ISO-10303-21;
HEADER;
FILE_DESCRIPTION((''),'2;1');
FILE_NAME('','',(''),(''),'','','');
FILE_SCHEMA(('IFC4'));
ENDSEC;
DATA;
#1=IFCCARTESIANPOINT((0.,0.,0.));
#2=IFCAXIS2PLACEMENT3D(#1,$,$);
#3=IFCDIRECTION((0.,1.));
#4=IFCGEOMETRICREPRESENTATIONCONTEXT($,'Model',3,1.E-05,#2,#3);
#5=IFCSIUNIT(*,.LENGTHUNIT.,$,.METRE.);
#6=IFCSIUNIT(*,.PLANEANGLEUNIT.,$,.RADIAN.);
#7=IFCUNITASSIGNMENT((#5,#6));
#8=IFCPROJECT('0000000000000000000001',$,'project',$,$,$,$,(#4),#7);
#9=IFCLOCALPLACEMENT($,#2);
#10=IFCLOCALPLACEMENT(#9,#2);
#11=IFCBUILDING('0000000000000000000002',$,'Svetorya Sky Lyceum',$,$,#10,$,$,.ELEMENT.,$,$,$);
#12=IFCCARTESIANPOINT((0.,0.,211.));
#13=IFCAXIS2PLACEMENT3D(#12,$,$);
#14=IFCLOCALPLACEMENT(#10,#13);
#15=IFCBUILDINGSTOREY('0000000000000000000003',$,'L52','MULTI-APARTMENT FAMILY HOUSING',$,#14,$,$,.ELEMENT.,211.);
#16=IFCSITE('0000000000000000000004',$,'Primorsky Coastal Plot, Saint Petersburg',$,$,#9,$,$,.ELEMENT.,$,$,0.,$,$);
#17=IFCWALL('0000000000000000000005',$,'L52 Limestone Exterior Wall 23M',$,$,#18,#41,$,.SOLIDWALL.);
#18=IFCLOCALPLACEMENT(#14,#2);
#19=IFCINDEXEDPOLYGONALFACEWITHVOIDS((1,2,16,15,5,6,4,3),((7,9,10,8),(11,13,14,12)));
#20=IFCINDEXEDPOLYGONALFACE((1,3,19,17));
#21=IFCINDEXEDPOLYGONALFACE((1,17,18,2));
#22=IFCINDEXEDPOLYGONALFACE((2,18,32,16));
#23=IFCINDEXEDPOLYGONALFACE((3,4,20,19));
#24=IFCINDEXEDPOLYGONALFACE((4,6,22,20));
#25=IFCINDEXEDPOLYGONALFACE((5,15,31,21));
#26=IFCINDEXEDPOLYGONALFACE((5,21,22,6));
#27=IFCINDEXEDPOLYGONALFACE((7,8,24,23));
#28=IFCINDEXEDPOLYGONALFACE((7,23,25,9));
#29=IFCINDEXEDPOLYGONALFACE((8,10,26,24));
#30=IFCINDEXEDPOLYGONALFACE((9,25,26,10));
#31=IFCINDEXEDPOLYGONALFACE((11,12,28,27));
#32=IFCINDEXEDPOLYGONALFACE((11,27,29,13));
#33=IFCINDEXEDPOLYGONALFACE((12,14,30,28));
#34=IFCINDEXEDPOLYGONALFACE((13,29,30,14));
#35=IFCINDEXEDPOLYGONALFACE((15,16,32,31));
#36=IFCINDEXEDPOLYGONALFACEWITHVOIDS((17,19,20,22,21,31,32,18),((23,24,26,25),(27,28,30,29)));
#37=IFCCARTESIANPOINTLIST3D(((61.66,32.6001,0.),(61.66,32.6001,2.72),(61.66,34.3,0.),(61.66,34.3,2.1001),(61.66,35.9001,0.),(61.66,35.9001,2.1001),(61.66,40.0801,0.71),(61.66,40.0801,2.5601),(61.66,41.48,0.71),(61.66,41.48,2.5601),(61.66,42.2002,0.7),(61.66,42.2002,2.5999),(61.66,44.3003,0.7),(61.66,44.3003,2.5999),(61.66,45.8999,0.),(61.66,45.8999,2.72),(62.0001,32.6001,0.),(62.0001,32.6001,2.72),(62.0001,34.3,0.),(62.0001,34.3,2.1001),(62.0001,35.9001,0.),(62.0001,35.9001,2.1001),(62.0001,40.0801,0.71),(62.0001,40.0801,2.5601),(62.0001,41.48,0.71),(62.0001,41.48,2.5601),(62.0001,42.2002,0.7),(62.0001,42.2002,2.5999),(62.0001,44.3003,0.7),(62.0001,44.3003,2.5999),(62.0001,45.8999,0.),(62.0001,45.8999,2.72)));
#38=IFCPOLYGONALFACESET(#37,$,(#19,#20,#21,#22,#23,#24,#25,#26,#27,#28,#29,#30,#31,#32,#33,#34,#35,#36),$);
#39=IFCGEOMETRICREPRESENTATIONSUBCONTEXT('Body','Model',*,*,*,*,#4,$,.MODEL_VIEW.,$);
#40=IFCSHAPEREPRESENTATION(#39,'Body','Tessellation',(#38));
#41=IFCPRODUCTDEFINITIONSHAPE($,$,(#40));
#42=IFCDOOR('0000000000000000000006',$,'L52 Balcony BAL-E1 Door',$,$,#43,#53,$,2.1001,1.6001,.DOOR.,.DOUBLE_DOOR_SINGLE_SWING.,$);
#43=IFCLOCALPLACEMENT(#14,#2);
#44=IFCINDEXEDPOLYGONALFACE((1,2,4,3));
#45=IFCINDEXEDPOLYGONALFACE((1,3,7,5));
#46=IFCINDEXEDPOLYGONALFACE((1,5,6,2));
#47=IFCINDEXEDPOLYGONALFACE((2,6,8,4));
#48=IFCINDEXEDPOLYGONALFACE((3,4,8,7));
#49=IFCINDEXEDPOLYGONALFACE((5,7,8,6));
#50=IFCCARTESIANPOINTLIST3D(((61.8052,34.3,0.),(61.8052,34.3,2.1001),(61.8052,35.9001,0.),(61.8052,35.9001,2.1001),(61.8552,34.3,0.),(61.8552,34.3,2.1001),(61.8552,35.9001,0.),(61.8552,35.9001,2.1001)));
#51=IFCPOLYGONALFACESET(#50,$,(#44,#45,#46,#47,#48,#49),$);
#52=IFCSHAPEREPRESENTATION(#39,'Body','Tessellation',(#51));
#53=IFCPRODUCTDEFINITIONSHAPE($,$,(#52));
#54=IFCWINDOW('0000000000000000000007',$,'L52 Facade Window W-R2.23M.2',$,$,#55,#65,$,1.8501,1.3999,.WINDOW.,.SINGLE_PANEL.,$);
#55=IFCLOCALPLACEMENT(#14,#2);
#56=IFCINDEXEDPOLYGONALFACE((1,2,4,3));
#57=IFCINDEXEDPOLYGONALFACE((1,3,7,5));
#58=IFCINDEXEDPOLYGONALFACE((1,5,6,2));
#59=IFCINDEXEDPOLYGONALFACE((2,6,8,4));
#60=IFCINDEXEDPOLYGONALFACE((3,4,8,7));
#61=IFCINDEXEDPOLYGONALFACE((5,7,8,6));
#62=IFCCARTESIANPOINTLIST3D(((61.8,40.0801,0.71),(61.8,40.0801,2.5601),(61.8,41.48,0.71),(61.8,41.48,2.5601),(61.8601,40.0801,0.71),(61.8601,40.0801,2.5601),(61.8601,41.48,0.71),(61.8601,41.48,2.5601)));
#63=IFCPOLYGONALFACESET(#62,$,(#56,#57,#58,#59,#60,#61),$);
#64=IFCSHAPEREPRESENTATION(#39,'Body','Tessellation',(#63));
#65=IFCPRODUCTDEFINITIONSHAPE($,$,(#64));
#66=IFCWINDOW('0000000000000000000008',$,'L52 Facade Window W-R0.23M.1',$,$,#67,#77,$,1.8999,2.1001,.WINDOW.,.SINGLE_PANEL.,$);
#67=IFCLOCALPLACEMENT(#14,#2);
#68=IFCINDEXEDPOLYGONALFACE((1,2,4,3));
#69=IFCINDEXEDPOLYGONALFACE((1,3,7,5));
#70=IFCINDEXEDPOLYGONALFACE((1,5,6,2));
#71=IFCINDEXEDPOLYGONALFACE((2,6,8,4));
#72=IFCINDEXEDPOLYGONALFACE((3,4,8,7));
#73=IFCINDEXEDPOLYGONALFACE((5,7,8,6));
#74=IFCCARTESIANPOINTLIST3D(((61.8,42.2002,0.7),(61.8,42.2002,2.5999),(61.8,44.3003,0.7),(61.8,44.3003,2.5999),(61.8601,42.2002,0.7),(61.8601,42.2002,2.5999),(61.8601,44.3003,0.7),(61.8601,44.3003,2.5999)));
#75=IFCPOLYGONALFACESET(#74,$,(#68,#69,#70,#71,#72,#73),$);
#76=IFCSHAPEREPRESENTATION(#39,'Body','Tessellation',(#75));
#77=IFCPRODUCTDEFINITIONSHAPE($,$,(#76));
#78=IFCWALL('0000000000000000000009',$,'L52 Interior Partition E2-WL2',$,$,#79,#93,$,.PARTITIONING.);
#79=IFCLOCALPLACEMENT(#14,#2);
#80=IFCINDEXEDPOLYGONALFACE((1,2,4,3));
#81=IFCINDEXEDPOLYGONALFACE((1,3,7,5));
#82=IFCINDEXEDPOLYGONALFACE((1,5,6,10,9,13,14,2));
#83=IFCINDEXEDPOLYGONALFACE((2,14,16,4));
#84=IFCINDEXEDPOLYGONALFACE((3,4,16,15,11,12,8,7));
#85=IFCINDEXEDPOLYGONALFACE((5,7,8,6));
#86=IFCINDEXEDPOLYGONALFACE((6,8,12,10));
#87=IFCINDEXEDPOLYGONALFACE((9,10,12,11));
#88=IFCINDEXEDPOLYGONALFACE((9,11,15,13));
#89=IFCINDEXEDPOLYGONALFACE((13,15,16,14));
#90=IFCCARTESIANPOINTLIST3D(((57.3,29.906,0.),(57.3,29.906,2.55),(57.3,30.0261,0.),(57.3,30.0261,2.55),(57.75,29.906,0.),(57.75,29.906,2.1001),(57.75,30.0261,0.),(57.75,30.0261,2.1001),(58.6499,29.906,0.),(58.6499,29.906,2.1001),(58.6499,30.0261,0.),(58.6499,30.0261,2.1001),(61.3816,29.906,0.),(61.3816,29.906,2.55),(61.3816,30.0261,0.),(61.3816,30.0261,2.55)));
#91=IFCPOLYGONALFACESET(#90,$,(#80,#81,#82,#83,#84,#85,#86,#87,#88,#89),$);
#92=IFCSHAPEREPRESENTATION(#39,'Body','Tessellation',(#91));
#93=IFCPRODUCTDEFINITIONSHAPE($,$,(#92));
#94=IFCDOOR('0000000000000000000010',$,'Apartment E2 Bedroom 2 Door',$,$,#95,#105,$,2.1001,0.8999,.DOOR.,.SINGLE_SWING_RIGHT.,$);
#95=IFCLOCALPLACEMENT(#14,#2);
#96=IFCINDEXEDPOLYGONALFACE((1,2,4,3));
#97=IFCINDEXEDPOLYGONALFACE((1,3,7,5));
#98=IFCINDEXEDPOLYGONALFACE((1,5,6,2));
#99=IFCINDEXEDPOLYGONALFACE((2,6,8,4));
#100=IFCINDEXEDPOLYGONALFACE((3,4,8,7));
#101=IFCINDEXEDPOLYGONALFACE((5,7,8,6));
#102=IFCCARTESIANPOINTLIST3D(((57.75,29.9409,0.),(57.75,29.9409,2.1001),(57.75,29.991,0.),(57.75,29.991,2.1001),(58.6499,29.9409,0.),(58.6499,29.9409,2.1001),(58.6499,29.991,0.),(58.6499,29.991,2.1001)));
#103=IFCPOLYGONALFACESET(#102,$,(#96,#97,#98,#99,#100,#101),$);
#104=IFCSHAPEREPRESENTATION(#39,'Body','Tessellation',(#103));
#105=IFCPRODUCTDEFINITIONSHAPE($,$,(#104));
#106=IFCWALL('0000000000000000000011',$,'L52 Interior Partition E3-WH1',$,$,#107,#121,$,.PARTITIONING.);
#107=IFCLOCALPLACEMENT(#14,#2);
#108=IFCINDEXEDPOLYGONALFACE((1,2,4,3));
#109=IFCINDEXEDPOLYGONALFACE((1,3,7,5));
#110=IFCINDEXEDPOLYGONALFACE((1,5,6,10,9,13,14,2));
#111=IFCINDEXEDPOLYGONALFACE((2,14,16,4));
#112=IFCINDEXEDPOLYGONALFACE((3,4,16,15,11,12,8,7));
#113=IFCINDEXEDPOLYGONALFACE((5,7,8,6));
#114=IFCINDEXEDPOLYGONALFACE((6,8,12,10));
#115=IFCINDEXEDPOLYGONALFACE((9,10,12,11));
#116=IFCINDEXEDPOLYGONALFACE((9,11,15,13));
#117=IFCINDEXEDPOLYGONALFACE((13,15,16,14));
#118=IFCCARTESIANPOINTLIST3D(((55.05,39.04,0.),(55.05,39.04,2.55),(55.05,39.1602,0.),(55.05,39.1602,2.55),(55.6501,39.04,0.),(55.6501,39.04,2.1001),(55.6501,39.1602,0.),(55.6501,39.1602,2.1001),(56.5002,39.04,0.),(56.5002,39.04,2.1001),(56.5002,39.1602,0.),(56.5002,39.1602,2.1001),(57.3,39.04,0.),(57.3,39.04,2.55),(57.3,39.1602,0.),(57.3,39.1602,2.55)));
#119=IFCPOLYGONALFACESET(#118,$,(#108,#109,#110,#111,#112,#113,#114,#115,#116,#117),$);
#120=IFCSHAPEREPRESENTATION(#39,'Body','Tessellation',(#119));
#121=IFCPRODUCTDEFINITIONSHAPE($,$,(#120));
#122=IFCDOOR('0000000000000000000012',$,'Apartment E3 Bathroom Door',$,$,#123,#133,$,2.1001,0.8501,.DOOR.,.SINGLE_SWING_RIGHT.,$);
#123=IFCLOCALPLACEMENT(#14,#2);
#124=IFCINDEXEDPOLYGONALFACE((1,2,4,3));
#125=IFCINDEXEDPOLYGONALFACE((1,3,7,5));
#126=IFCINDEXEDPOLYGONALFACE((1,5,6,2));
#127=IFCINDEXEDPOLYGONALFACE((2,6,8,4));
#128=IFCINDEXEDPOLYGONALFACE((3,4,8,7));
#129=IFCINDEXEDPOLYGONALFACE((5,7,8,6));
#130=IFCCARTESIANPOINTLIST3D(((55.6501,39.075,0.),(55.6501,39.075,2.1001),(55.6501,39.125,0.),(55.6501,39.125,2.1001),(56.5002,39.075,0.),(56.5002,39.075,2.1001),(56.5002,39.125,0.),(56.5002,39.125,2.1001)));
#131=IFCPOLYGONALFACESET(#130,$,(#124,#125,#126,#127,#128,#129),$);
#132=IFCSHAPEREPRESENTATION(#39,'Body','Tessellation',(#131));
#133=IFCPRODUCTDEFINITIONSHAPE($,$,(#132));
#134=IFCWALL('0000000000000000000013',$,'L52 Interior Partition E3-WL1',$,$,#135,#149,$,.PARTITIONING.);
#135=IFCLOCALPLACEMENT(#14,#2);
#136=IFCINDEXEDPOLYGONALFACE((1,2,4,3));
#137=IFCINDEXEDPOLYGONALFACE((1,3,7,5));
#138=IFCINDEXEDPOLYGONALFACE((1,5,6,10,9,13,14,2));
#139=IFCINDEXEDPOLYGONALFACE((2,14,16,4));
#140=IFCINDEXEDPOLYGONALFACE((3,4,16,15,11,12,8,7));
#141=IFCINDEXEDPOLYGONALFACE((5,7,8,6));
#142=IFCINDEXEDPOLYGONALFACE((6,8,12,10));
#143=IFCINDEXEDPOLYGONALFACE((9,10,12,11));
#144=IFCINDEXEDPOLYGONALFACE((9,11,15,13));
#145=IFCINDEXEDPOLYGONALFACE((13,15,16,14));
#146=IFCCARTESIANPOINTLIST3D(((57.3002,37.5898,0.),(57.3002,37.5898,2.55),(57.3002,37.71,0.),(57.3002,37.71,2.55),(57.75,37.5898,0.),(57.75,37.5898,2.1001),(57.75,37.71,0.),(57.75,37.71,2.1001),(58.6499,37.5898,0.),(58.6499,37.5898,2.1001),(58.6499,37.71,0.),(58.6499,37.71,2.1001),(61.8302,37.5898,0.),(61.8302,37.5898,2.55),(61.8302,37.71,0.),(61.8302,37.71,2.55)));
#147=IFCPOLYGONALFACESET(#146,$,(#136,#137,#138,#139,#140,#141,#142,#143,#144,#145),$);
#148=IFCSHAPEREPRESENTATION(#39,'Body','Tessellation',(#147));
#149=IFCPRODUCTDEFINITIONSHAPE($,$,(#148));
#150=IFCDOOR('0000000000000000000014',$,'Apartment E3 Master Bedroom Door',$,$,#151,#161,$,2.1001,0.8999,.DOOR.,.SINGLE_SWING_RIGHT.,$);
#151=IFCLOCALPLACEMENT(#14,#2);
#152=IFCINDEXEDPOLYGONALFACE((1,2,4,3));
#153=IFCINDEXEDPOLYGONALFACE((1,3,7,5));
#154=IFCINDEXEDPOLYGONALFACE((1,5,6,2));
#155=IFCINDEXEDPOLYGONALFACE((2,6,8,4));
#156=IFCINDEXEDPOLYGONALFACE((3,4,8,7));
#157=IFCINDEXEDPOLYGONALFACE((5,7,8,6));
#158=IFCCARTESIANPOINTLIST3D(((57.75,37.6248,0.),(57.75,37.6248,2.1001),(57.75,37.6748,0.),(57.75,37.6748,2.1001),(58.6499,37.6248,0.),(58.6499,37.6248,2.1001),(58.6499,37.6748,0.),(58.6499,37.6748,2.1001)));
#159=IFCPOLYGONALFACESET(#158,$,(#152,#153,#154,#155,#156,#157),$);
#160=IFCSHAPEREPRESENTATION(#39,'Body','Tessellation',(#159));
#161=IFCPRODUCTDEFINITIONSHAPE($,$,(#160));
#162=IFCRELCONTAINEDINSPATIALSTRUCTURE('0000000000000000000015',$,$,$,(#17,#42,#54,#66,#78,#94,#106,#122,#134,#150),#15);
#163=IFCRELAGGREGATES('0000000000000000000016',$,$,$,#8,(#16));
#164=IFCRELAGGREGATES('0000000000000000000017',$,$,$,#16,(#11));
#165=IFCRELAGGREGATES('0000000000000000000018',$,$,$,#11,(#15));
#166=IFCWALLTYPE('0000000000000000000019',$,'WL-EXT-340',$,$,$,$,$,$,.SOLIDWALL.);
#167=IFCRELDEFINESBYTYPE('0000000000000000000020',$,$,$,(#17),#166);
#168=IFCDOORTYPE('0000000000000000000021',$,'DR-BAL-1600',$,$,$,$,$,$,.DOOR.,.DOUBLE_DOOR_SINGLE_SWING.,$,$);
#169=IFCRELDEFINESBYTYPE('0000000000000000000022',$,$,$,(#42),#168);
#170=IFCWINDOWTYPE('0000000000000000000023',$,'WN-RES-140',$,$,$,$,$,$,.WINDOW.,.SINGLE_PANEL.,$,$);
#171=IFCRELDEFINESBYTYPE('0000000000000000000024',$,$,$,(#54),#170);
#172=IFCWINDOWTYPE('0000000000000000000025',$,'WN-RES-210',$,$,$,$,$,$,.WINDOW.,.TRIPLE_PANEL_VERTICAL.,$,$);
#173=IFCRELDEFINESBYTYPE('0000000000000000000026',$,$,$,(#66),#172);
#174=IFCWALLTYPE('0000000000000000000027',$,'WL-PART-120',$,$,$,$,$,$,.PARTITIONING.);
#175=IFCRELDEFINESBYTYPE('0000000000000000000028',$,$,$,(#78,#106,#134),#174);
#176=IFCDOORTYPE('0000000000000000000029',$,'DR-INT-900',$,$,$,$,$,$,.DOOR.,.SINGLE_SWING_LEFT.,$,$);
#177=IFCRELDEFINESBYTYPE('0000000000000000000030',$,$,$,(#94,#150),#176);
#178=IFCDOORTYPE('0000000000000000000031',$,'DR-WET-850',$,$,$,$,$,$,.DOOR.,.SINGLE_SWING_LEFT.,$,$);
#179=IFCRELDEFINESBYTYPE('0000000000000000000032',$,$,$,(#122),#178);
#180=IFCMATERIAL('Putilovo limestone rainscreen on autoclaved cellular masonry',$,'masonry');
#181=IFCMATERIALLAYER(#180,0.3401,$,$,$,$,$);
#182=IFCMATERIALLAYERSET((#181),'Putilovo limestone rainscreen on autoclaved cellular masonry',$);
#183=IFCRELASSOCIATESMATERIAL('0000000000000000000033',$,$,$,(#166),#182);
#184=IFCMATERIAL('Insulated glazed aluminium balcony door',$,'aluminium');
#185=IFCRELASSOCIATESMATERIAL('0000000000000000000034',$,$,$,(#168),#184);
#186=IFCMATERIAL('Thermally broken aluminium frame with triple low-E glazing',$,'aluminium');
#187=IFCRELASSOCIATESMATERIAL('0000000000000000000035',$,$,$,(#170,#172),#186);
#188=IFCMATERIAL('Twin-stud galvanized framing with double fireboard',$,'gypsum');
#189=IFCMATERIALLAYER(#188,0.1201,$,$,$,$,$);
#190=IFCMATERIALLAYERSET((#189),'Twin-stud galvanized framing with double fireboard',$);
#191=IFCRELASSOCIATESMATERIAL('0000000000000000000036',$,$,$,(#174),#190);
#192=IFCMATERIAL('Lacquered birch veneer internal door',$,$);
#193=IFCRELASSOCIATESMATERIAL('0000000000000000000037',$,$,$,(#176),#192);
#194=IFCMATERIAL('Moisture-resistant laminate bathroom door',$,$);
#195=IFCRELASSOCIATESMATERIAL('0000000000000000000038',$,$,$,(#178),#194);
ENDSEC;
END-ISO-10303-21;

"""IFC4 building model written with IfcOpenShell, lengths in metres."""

from ifc_helpers import new_model, si_unit, direction, frame, frame_2d, origin, place, context, subcontext, project, spatial, rectangle, extrude, material, layer, layer_set, type_object, element, fill, save


model = new_model("IFC4")

# Units and contexts
model_context = context("Model", 3, precision=1e-05, world=origin(), true_north=direction((0.0, 1.0)))
body_context = subcontext(model_context, "Body", "Model", "MODEL_VIEW")
ifc_project = project(units=[si_unit("LENGTHUNIT", "METRE"), si_unit("PLANEANGLEUNIT", "RADIAN")], contexts=[model_context])

# Site, building, storey
site_placement = place(None, origin())
site = spatial("IfcSite", under=ifc_project, at=site_placement, Name="Primorsky Coastal Plot, Saint Petersburg", CompositionType="ELEMENT", RefElevation=0.0)
building_placement = place(site_placement, origin())
building = spatial("IfcBuilding", under=site, at=building_placement, Name="Svetorya Sky Lyceum", CompositionType="ELEMENT")
storey_placement = place(building_placement, frame((0.0, 0.0, 211.0)))
storey = spatial("IfcBuildingStorey", under=building, at=storey_placement, Name="L52", Description="MULTI-APARTMENT FAMILY HOUSING", CompositionType="ELEMENT", Elevation=211.0)

# Shared definitions
ifc_material_1 = material(Name="Putilovo limestone rainscreen on autoclaved cellular masonry", Category="masonry")
ifc_layer_1 = layer(ifc_material_1, 0.3401)
ifc_layer_set_1 = layer_set([ifc_layer_1], Name="Putilovo limestone rainscreen on autoclaved cellular masonry")
wall_type_1 = type_object("IfcWallType", Name="WL-EXT-340", PredefinedType="SOLIDWALL", material=ifc_layer_set_1)

# Shared definitions
ifc_material_2 = material(Name="Thermally broken aluminium frame with triple low-E glazing", Category="aluminium")

# Wall, openings, door, windows
wall_1_placement = place(storey_placement, frame((61.8301, 32.6001, 0.0), z_axis=(0.0, 0.0, 1.0), x_axis=(0.0, 1.0, 0.0)))
wall_1 = element("IfcWall", 1, at=wall_1_placement, inside=storey, type_object=wall_type_1, Name="L52 Limestone Exterior Wall 23M", PredefinedType="SOLIDWALL", context=body_context, shape_type="SweptSolid", body=[
    extrude(rectangle(XDim=13.2998, YDim=0.3401, at=frame_2d((6.6499, 0.0))), origin(), (0.0, 0.0, 1.0), 2.72),
])
opening_1_placement = place(wall_1_placement, frame((1.7, 0.0, 0.0)))
opening_1 = element("IfcOpeningElement", 2, at=opening_1_placement, cuts=wall_1, PredefinedType="OPENING", context=body_context, shape_type="SweptSolid", body=[
    extrude(rectangle(XDim=1.6001, YDim=2.1001, at=frame_2d((0.8, 1.05))), frame((0.0, 0.1799, 0.0), z_axis=(0.0, -1.0, 0.0), x_axis=(1.0, 0.0, 0.0)), (0.0, 0.0, 1.0), 0.3601),
])
opening_2_placement = place(wall_1_placement, frame((7.48, 0.0, 0.71)))
opening_2 = element("IfcOpeningElement", 3, at=opening_2_placement, cuts=wall_1, PredefinedType="OPENING", context=body_context, shape_type="SweptSolid", body=[
    extrude(rectangle(XDim=1.3999, YDim=1.8501, at=frame_2d((0.7, 0.925))), frame((0.0, 0.1799, 0.0), z_axis=(0.0, -1.0, 0.0), x_axis=(1.0, 0.0, 0.0)), (0.0, 0.0, 1.0), 0.3601),
])
opening_3_placement = place(wall_1_placement, frame((9.6001, 0.0, 0.7)))
opening_3 = element("IfcOpeningElement", 4, at=opening_3_placement, cuts=wall_1, PredefinedType="OPENING", context=body_context, shape_type="SweptSolid", body=[
    extrude(rectangle(XDim=2.1001, YDim=1.8999, at=frame_2d((1.05, 0.95))), frame((0.0, 0.1799, 0.0), z_axis=(0.0, -1.0, 0.0), x_axis=(1.0, 0.0, 0.0)), (0.0, 0.0, 1.0), 0.3601),
])
ifc_material_3 = material(Name="Insulated glazed aluminium balcony door", Category="aluminium")
door_type_1 = type_object("IfcDoorType", Name="DR-BAL-1600", OperationType="DOUBLE_DOOR_SINGLE_SWING", PredefinedType="DOOR", material=ifc_material_3)
door_1_placement = place(opening_1_placement, origin())
door_1 = element("IfcDoor", 5, at=door_1_placement, inside=storey, type_object=door_type_1, Name="L52 Balcony BAL-E1 Door", OperationType="DOUBLE_DOOR_SINGLE_SWING", OverallHeight=2.1001, OverallWidth=1.6001, PredefinedType="DOOR", context=body_context, shape_type="SweptSolid", body=[
    extrude(rectangle(XDim=1.6001, YDim=2.1001, at=frame_2d((0.8, 1.05))), frame((0.0, 0.0249, 0.0), z_axis=(0.0, -1.0, 0.0), x_axis=(1.0, 0.0, 0.0)), (0.0, 0.0, 1.0), 0.05),
])
fill(opening_1, door_1)
window_type_1 = type_object("IfcWindowType", Name="WN-RES-140", PartitioningType="SINGLE_PANEL", PredefinedType="WINDOW", material=ifc_material_2)
window_1_placement = place(opening_2_placement, origin())
window_1 = element("IfcWindow", 6, at=window_1_placement, inside=storey, type_object=window_type_1, Name="L52 Facade Window W-R2.23M.2", OverallHeight=1.8501, OverallWidth=1.3999, PartitioningType="SINGLE_PANEL", PredefinedType="WINDOW", context=body_context, shape_type="SweptSolid", body=[
    extrude(rectangle(XDim=1.3999, YDim=1.8501, at=frame_2d((0.7, 0.925))), frame((0.0, 0.03, 0.0), z_axis=(0.0, -1.0, 0.0), x_axis=(1.0, 0.0, 0.0)), (0.0, 0.0, 1.0), 0.0601),
])
fill(opening_2, window_1)
window_type_2 = type_object("IfcWindowType", Name="WN-RES-210", PartitioningType="TRIPLE_PANEL_VERTICAL", PredefinedType="WINDOW", material=ifc_material_2)
window_2_placement = place(opening_3_placement, origin())
window_2 = element("IfcWindow", 7, at=window_2_placement, inside=storey, type_object=window_type_2, Name="L52 Facade Window W-R0.23M.1", OverallHeight=1.8999, OverallWidth=2.1001, PartitioningType="SINGLE_PANEL", PredefinedType="WINDOW", context=body_context, shape_type="SweptSolid", body=[
    extrude(rectangle(XDim=2.1001, YDim=1.8999, at=frame_2d((1.05, 0.95))), frame((0.0, 0.03, 0.0), z_axis=(0.0, -1.0, 0.0), x_axis=(1.0, 0.0, 0.0)), (0.0, 0.0, 1.0), 0.0601),
])
fill(opening_3, window_2)

# Walls, openings, doors
ifc_material_4 = material(Name="Twin-stud galvanized framing with double fireboard", Category="gypsum")
ifc_layer_2 = layer(ifc_material_4, 0.1201)
ifc_layer_set_2 = layer_set([ifc_layer_2], Name="Twin-stud galvanized framing with double fireboard")
wall_type_2 = type_object("IfcWallType", Name="WL-PART-120", PredefinedType="PARTITIONING", material=ifc_layer_set_2)
wall_2_placement = place(storey_placement, frame((57.3, 29.9661, 0.0), z_axis=(0.0, 0.0, 1.0), x_axis=(1.0, 0.0, 0.0)))
wall_2 = element("IfcWall", 8, at=wall_2_placement, inside=storey, type_object=wall_type_2, Name="L52 Interior Partition E2-WL2", PredefinedType="PARTITIONING", context=body_context, shape_type="SweptSolid", body=[
    extrude(rectangle(XDim=4.0815, YDim=0.1201, at=frame_2d((2.0408, 0.0))), origin(), (0.0, 0.0, 1.0), 2.55),
])
opening_4_placement = place(wall_2_placement, frame((0.45, 0.0, 0.0)))
opening_4 = element("IfcOpeningElement", 9, at=opening_4_placement, cuts=wall_2, PredefinedType="OPENING", context=body_context, shape_type="SweptSolid", body=[
    extrude(rectangle(XDim=0.8999, YDim=2.1001, at=frame_2d((0.45, 1.05))), frame((0.0, 0.0701, 0.0), z_axis=(0.0, -1.0, 0.0), x_axis=(1.0, 0.0, 0.0)), (0.0, 0.0, 1.0), 0.1401),
])
ifc_material_5 = material(Name="Lacquered birch veneer internal door")
door_type_2 = type_object("IfcDoorType", Name="DR-INT-900", OperationType="SINGLE_SWING_LEFT", PredefinedType="DOOR", material=ifc_material_5)
door_2_placement = place(opening_4_placement, origin())
door_2 = element("IfcDoor", 10, at=door_2_placement, inside=storey, type_object=door_type_2, Name="Apartment E2 Bedroom 2 Door", OperationType="SINGLE_SWING_RIGHT", OverallHeight=2.1001, OverallWidth=0.8999, PredefinedType="DOOR", context=body_context, shape_type="SweptSolid", body=[
    extrude(rectangle(XDim=0.8999, YDim=2.1001, at=frame_2d((0.45, 1.05))), frame((0.0, 0.0249, 0.0), z_axis=(0.0, -1.0, 0.0), x_axis=(1.0, 0.0, 0.0)), (0.0, 0.0, 1.0), 0.05),
])
fill(opening_4, door_2)
wall_3_placement = place(storey_placement, frame((55.05, 39.1001, 0.0), z_axis=(0.0, 0.0, 1.0), x_axis=(1.0, 0.0, 0.0)))
wall_3 = element("IfcWall", 11, at=wall_3_placement, inside=storey, type_object=wall_type_2, Name="L52 Interior Partition E3-WH1", PredefinedType="PARTITIONING", context=body_context, shape_type="SweptSolid", body=[
    extrude(rectangle(XDim=2.25, YDim=0.1201, at=frame_2d((1.125, 0.0))), origin(), (0.0, 0.0, 1.0), 2.55),
])
opening_5_placement = place(wall_3_placement, frame((0.6001, 0.0, 0.0)))
opening_5 = element("IfcOpeningElement", 12, at=opening_5_placement, cuts=wall_3, PredefinedType="OPENING", context=body_context, shape_type="SweptSolid", body=[
    extrude(rectangle(XDim=0.8501, YDim=2.1001, at=frame_2d((0.425, 1.05))), frame((0.0, 0.0701, 0.0), z_axis=(0.0, -1.0, 0.0), x_axis=(1.0, 0.0, 0.0)), (0.0, 0.0, 1.0), 0.1401),
])
ifc_material_6 = material(Name="Moisture-resistant laminate bathroom door")
door_type_3 = type_object("IfcDoorType", Name="DR-WET-850", OperationType="SINGLE_SWING_LEFT", PredefinedType="DOOR", material=ifc_material_6)
door_3_placement = place(opening_5_placement, origin())
door_3 = element("IfcDoor", 13, at=door_3_placement, inside=storey, type_object=door_type_3, Name="Apartment E3 Bathroom Door", OperationType="SINGLE_SWING_RIGHT", OverallHeight=2.1001, OverallWidth=0.8501, PredefinedType="DOOR", context=body_context, shape_type="SweptSolid", body=[
    extrude(rectangle(XDim=0.8501, YDim=2.1001, at=frame_2d((0.425, 1.05))), frame((0.0, 0.0249, 0.0), z_axis=(0.0, -1.0, 0.0), x_axis=(1.0, 0.0, 0.0)), (0.0, 0.0, 1.0), 0.05),
])
fill(opening_5, door_3)
wall_4_placement = place(storey_placement, frame((57.3, 37.6499, 0.0), z_axis=(0.0, 0.0, 1.0), x_axis=(1.0, 0.0, 0.0)))
wall_4 = element("IfcWall", 14, at=wall_4_placement, inside=storey, type_object=wall_type_2, Name="L52 Interior Partition E3-WL1", PredefinedType="PARTITIONING", context=body_context, shape_type="SweptSolid", body=[
    extrude(rectangle(XDim=4.53, YDim=0.1201, at=frame_2d((2.2651, 0.0))), origin(), (0.0, 0.0, 1.0), 2.55),
])
opening_6_placement = place(wall_4_placement, frame((0.45, 0.0, 0.0)))
opening_6 = element("IfcOpeningElement", 15, at=opening_6_placement, cuts=wall_4, PredefinedType="OPENING", context=body_context, shape_type="SweptSolid", body=[
    extrude(rectangle(XDim=0.8999, YDim=2.1001, at=frame_2d((0.45, 1.05))), frame((0.0, 0.0701, 0.0), z_axis=(0.0, -1.0, 0.0), x_axis=(1.0, 0.0, 0.0)), (0.0, 0.0, 1.0), 0.1401),
])
door_4_placement = place(opening_6_placement, origin())
door_4 = element("IfcDoor", 16, at=door_4_placement, inside=storey, type_object=door_type_2, Name="Apartment E3 Master Bedroom Door", OperationType="SINGLE_SWING_RIGHT", OverallHeight=2.1001, OverallWidth=0.8999, PredefinedType="DOOR", context=body_context, shape_type="SweptSolid", body=[
    extrude(rectangle(XDim=0.8999, YDim=2.1001, at=frame_2d((0.45, 1.05))), frame((0.0, 0.0249, 0.0), z_axis=(0.0, -1.0, 0.0), x_axis=(1.0, 0.0, 0.0)), (0.0, 0.0, 1.0), 0.05),
])
fill(opening_6, door_4)

save(model, "model.ifc")
